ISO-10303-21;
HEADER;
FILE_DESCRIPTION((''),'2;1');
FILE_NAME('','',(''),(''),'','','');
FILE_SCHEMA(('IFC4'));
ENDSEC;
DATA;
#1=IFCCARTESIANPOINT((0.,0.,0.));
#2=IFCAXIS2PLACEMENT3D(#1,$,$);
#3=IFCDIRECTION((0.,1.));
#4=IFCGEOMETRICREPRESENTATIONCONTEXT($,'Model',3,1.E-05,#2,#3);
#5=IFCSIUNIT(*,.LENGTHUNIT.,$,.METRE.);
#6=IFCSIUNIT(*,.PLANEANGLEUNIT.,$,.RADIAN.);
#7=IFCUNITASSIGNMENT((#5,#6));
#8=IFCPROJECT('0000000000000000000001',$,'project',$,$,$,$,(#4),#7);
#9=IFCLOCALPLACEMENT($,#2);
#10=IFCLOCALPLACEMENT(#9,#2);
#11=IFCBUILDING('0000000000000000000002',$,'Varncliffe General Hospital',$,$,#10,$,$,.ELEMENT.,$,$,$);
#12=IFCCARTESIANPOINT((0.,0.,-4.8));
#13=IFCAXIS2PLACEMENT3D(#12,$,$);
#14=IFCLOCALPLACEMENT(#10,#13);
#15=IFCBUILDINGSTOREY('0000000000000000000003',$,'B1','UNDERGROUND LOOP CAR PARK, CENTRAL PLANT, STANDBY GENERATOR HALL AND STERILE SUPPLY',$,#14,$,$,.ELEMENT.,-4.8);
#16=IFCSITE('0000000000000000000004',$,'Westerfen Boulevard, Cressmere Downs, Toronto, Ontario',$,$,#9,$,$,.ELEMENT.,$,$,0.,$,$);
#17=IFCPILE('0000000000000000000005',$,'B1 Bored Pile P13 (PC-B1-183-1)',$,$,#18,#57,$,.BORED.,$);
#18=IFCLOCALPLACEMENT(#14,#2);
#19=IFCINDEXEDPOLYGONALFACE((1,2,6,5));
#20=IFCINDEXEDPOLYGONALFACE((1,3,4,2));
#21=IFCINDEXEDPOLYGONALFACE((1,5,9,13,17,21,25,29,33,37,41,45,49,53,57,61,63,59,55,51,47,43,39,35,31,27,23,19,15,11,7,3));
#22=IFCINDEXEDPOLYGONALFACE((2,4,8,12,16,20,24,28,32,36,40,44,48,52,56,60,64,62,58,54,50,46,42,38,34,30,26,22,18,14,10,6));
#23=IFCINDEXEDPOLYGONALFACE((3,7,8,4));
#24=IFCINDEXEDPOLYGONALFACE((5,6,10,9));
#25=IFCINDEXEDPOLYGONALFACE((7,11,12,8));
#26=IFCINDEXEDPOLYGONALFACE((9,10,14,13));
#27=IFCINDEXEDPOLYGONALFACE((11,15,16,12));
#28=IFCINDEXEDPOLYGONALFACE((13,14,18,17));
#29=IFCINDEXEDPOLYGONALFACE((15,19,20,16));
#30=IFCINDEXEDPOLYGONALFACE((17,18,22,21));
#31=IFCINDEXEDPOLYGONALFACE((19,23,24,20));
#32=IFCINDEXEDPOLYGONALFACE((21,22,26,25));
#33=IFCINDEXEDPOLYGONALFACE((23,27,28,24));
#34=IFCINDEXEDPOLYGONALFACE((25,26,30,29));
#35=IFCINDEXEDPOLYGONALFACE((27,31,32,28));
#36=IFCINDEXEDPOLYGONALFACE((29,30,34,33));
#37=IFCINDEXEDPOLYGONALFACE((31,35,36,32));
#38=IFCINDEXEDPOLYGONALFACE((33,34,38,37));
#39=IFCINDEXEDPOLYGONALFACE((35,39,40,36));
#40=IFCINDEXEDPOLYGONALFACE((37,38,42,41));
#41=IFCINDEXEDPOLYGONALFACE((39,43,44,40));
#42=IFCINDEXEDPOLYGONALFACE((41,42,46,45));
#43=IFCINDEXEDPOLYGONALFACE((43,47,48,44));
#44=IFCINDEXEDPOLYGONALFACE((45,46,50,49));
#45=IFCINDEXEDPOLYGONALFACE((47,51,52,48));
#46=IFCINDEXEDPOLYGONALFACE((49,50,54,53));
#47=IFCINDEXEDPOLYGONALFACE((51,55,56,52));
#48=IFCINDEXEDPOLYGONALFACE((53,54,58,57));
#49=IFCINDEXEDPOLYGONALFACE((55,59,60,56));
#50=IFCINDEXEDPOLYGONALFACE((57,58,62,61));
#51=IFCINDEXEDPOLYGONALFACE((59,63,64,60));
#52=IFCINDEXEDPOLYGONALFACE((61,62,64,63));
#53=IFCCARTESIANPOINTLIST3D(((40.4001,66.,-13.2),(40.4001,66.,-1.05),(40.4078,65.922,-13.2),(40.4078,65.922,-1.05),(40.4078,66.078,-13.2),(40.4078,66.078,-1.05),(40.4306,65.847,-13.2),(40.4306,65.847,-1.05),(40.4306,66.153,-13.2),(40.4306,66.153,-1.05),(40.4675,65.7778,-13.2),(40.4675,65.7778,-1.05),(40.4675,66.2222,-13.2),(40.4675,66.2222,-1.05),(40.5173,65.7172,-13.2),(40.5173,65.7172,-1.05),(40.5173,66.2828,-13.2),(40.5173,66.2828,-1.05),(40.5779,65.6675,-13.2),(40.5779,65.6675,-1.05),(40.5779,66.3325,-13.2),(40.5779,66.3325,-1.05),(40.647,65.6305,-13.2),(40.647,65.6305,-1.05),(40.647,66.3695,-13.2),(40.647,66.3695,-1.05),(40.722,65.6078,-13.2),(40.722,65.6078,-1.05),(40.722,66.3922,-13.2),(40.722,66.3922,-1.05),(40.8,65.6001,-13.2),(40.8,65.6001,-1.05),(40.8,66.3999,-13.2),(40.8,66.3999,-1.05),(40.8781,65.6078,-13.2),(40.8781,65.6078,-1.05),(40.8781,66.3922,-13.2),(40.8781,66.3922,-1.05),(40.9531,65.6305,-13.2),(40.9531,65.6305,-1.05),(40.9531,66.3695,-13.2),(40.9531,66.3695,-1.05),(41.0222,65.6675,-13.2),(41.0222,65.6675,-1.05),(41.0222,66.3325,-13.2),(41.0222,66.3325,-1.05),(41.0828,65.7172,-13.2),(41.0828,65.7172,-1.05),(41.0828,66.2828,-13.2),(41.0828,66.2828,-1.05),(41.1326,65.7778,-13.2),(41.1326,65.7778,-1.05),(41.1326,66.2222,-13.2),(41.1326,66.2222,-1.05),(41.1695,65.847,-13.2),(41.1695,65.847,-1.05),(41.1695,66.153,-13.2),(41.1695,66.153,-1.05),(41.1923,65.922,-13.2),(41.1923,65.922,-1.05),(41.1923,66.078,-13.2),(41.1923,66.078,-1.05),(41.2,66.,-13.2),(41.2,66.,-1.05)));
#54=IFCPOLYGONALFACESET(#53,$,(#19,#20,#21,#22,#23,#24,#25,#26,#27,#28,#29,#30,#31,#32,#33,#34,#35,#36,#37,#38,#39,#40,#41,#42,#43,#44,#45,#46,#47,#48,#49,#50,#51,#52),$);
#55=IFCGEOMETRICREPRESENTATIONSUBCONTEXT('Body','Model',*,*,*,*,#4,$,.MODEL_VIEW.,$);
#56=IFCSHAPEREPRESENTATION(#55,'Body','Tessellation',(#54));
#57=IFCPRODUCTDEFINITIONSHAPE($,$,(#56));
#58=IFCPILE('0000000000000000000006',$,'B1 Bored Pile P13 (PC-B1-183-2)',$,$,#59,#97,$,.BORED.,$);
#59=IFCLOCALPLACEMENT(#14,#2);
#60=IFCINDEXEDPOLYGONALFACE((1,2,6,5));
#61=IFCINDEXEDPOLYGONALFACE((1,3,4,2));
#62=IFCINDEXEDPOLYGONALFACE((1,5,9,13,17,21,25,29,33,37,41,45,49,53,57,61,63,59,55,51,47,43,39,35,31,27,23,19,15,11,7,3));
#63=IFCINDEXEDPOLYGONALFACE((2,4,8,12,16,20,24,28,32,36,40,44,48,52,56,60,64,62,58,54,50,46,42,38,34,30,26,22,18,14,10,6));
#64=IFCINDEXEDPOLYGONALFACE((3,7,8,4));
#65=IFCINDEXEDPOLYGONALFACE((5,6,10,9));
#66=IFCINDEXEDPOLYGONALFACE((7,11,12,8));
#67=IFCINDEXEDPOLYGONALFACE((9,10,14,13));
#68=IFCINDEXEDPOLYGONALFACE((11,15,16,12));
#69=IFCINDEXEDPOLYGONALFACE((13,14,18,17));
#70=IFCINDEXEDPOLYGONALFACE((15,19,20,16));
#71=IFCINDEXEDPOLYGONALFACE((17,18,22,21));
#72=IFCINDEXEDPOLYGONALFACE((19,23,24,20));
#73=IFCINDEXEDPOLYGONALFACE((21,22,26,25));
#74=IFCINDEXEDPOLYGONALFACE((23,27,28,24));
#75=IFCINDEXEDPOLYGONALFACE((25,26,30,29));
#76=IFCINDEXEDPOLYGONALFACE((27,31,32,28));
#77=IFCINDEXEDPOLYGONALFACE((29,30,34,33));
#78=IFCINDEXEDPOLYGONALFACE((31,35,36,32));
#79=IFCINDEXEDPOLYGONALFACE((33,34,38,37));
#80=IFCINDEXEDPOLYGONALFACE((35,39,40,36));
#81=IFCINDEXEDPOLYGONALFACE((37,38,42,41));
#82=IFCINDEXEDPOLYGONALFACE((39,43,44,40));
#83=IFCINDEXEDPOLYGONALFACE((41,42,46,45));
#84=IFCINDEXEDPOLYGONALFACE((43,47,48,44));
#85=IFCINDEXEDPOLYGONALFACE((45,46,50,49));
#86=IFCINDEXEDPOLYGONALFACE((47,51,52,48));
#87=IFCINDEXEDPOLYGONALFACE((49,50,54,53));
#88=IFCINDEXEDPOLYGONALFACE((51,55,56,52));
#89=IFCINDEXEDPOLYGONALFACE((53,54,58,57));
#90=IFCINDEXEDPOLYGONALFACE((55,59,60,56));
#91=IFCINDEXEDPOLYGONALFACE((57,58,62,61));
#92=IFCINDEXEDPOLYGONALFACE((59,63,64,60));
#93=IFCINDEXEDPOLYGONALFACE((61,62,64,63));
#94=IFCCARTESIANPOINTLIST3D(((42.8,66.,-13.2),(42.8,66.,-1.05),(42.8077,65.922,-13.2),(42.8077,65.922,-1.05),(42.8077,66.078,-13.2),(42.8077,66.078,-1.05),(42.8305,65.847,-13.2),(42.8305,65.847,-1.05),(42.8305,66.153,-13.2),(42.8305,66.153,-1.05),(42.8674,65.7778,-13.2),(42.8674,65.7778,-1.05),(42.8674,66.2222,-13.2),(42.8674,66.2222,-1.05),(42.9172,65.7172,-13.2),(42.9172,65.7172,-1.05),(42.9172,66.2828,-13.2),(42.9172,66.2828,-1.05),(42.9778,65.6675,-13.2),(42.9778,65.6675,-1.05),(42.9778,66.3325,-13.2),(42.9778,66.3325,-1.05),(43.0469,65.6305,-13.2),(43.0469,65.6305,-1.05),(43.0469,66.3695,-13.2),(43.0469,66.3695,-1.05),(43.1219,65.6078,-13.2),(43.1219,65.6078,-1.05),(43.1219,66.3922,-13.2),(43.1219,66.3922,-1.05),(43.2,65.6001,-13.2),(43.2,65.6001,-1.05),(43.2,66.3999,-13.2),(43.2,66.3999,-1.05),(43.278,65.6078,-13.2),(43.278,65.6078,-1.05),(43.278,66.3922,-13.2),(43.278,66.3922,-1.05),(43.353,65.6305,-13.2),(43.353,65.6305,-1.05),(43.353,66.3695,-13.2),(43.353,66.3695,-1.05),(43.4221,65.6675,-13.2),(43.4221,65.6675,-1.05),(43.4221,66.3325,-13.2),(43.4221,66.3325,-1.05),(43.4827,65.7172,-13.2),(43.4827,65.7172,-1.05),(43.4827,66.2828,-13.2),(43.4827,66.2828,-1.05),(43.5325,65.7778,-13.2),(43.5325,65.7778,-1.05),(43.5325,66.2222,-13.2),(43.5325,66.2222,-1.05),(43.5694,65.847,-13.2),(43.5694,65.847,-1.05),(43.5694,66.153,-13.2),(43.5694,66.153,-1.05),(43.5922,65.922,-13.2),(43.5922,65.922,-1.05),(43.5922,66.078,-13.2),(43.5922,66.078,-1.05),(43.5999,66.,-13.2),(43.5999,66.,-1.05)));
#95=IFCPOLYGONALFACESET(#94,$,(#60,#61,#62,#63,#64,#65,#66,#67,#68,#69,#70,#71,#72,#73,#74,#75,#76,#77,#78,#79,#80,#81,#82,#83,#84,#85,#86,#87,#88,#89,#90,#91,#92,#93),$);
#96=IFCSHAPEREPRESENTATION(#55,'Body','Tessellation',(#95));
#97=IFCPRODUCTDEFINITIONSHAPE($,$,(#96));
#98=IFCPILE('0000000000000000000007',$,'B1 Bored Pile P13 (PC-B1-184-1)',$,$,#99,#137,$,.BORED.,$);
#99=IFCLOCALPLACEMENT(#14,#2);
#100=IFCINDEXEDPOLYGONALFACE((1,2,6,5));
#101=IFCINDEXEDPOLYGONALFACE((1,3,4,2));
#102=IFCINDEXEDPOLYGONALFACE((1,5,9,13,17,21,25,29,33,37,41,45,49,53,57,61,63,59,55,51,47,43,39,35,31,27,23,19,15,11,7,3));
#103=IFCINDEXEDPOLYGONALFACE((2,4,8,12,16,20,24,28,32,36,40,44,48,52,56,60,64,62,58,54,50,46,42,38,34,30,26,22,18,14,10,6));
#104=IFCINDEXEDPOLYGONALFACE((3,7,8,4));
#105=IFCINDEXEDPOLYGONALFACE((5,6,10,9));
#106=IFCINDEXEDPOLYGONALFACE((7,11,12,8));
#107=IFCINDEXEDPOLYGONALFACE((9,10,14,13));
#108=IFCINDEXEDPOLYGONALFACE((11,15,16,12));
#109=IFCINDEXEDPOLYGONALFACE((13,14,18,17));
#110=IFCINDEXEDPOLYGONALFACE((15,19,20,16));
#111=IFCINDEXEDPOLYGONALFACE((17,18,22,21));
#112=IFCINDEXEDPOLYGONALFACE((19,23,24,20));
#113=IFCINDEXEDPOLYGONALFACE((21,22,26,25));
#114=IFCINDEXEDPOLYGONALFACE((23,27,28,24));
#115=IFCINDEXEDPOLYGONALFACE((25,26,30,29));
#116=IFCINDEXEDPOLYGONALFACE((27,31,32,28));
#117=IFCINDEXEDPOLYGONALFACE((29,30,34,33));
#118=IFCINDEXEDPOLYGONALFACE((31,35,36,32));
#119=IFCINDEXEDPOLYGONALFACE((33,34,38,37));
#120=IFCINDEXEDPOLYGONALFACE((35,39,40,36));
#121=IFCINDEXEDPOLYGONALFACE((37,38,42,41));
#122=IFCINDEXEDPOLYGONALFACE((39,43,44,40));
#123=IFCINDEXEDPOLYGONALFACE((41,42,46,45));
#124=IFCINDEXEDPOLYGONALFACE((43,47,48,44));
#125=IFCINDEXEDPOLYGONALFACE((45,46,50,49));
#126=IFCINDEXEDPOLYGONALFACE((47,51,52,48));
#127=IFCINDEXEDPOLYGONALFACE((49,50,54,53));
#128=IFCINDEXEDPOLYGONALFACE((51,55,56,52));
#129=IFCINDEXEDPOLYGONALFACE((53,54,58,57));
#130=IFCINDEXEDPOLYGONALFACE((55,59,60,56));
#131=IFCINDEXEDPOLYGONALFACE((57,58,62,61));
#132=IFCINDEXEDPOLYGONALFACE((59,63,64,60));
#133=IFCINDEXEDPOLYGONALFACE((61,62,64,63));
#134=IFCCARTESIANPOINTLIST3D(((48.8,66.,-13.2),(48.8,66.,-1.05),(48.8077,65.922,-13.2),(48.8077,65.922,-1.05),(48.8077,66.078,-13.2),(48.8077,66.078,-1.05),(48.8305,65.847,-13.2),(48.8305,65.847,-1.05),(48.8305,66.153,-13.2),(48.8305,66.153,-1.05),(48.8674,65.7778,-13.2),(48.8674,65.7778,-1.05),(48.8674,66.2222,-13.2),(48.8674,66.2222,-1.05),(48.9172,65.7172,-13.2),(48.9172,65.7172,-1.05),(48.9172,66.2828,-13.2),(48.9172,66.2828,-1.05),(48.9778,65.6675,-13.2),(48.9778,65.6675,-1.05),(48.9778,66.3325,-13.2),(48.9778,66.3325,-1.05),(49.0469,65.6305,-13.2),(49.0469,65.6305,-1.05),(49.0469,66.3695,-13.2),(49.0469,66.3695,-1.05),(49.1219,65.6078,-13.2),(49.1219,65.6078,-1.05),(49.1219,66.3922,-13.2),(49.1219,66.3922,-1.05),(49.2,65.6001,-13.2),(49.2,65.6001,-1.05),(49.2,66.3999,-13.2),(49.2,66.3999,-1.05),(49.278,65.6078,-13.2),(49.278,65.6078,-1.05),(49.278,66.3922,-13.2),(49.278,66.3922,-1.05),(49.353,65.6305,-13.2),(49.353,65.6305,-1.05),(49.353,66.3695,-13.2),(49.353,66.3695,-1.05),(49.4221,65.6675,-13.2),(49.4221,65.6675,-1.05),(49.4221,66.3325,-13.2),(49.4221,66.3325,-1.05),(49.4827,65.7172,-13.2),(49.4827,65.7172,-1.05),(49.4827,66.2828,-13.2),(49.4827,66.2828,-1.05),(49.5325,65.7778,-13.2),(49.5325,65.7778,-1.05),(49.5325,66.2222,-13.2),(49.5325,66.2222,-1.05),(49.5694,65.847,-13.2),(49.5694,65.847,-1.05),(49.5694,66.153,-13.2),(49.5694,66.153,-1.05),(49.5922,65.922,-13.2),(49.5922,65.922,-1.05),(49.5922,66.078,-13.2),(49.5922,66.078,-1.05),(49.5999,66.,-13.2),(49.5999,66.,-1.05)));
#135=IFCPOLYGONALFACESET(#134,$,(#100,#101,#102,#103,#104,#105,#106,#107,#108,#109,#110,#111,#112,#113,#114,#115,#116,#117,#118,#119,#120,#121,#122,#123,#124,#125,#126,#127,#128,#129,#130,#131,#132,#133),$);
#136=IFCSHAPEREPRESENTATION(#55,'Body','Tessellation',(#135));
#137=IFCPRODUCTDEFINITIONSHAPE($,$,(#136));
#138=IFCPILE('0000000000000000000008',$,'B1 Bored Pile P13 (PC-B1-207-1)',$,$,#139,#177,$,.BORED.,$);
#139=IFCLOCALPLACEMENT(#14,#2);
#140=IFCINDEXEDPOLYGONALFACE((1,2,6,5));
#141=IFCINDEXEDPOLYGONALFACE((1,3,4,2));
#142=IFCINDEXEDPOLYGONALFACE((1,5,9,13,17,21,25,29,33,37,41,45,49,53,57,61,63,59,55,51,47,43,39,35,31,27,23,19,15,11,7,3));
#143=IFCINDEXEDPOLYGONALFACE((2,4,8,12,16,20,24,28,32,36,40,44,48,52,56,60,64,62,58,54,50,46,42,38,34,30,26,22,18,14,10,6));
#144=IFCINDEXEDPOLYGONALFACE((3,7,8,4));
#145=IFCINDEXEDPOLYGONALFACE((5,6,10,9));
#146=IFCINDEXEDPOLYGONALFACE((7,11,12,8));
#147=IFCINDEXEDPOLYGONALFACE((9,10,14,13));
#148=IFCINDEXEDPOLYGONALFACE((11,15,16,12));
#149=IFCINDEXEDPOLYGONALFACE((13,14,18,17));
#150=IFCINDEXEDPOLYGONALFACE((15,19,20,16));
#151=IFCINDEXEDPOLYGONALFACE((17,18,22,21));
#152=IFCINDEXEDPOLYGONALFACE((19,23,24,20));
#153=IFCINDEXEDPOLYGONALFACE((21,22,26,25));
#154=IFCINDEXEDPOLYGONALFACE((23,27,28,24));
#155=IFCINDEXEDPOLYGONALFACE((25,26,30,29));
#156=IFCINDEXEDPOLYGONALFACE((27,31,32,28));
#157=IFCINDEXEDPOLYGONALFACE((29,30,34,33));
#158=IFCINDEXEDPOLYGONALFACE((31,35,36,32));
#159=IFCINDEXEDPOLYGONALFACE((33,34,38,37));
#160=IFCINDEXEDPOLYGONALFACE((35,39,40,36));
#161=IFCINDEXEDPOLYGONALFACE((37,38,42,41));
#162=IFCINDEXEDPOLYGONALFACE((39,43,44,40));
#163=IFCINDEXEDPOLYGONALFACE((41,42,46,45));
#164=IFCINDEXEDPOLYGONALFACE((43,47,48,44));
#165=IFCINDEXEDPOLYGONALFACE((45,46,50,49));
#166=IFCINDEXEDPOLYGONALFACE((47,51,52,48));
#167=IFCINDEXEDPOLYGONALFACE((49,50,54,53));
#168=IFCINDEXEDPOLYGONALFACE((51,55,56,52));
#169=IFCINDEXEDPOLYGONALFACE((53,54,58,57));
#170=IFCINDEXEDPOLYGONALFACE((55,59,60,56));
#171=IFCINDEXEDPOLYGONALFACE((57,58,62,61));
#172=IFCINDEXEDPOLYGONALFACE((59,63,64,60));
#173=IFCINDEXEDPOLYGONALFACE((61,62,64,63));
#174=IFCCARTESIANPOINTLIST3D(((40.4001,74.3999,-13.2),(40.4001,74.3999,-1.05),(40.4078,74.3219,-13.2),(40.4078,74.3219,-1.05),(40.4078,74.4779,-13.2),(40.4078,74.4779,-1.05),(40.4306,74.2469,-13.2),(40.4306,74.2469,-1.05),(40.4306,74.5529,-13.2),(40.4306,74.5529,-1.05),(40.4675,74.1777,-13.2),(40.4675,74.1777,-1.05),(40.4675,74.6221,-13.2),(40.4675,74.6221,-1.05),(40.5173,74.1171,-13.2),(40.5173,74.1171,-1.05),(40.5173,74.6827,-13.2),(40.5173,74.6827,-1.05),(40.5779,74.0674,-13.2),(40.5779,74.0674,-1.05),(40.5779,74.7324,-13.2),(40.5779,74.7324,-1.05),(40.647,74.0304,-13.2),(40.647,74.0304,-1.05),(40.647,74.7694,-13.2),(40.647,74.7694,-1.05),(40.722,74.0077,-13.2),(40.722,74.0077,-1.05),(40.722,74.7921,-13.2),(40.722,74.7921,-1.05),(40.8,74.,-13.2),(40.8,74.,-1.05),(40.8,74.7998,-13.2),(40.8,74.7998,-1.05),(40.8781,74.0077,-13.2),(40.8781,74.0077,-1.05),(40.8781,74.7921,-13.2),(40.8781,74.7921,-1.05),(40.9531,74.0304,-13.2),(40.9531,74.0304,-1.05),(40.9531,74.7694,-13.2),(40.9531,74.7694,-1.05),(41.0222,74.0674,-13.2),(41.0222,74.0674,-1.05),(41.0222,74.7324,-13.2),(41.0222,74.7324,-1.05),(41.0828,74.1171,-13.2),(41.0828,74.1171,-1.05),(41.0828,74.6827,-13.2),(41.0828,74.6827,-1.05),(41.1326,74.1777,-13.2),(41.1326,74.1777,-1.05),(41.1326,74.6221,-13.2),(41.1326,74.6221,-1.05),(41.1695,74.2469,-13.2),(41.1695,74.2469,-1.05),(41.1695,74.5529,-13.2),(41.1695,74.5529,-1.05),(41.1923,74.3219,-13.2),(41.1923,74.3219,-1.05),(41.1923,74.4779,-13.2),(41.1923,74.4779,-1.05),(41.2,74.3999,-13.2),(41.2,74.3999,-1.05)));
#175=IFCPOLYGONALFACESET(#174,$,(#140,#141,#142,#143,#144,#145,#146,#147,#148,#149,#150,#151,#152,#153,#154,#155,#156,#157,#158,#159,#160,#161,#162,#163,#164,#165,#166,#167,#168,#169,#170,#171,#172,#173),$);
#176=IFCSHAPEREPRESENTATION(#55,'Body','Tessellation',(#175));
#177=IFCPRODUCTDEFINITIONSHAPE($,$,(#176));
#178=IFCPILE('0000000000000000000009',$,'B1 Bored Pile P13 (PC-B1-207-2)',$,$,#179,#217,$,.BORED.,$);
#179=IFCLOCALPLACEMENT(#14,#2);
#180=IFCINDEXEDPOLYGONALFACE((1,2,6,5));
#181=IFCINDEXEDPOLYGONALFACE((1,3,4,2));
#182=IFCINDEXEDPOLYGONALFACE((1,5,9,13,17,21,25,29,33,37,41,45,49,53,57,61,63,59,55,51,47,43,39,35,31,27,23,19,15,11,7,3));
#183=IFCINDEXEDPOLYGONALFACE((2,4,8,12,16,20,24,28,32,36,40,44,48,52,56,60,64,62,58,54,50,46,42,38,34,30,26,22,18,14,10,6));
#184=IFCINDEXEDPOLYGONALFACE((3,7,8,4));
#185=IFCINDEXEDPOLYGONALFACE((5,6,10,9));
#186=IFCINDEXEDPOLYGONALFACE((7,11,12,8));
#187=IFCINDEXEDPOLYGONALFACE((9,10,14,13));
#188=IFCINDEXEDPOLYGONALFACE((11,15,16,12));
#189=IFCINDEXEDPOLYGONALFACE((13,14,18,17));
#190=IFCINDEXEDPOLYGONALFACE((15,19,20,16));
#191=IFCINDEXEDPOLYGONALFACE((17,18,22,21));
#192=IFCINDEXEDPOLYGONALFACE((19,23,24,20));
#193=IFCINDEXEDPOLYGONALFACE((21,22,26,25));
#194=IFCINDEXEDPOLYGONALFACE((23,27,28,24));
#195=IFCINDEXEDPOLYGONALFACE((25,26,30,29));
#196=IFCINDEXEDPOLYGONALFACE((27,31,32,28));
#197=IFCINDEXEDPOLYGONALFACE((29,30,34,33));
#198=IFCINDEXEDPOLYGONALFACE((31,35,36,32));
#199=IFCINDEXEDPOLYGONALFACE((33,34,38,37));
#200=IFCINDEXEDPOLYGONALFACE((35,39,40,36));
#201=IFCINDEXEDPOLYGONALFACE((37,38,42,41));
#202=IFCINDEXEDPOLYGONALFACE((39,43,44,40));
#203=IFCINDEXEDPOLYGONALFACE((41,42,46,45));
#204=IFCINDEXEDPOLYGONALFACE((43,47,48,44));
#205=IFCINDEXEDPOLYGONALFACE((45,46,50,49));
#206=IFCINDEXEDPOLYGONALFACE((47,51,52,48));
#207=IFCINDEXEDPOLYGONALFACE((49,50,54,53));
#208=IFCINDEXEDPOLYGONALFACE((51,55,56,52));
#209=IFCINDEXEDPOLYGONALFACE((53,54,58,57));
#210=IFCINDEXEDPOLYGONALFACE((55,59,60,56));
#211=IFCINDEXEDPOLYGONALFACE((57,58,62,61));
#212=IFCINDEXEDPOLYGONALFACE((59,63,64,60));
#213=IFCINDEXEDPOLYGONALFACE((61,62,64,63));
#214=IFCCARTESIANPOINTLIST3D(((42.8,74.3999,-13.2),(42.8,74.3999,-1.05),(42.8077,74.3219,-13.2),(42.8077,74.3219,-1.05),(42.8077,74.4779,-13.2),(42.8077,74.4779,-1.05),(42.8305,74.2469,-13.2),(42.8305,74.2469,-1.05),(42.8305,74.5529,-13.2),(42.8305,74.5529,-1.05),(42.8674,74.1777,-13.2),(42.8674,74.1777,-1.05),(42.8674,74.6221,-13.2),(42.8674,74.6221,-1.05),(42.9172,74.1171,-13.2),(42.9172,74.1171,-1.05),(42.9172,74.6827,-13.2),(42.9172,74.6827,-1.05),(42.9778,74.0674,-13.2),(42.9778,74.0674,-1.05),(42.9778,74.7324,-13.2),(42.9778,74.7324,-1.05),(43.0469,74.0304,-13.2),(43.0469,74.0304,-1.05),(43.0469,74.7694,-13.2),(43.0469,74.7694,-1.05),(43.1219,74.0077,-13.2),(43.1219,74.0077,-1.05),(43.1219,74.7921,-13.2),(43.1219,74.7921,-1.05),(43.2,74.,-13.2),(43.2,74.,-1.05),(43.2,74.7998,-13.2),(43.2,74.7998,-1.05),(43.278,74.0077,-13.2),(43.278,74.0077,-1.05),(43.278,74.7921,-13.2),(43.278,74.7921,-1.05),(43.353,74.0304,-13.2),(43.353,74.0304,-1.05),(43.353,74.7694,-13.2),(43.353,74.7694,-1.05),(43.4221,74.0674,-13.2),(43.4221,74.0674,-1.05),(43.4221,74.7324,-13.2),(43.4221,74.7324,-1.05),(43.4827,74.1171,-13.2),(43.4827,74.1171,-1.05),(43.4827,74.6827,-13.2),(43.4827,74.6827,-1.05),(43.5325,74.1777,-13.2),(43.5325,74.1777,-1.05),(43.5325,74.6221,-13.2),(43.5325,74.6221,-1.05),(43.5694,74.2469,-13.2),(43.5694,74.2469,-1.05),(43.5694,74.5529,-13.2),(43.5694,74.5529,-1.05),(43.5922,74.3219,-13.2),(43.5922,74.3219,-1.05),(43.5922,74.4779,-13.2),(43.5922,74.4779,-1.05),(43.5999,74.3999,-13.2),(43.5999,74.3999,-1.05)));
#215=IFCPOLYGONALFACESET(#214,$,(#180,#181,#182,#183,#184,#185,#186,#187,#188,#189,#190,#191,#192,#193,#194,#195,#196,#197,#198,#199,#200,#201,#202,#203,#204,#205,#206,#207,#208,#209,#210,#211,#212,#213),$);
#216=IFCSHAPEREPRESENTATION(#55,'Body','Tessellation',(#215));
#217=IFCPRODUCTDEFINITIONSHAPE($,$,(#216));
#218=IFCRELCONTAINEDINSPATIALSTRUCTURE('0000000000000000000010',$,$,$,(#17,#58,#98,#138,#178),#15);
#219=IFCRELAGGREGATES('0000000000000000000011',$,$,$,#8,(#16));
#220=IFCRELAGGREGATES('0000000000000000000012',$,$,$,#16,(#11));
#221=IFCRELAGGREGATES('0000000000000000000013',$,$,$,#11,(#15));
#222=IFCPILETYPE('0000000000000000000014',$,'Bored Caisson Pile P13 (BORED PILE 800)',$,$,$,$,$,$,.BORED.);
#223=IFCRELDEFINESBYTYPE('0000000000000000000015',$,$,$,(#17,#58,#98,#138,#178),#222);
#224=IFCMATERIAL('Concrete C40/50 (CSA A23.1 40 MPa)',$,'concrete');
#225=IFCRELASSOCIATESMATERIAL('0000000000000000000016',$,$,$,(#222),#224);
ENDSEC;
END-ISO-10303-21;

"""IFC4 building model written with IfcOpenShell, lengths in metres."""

from ifc_helpers import new_model, si_unit, direction, frame, origin, origin_2d, place, context, subcontext, project, spatial, circle, extrude, material, material_profile, profile_set, type_object, element, save


model = new_model("IFC4")

# Units and contexts
model_context = context("Model", 3, precision=1e-05, world=origin(), true_north=direction((0.0, 1.0)))
body_context = subcontext(model_context, "Body", "Model", "MODEL_VIEW")
ifc_project = project(units=[si_unit("LENGTHUNIT", "METRE"), si_unit("PLANEANGLEUNIT", "RADIAN")], contexts=[model_context])

# Site, building, storey
site_placement = place(None, origin())
site = spatial("IfcSite", under=ifc_project, at=site_placement, Name="Westerfen Boulevard, Cressmere Downs, Toronto, Ontario", CompositionType="ELEMENT", RefElevation=0.0)
building_placement = place(site_placement, origin())
building = spatial("IfcBuilding", under=site, at=building_placement, Name="Varncliffe General Hospital", CompositionType="ELEMENT")
storey_placement = place(building_placement, frame((0.0, 0.0, -4.8)))
storey = spatial("IfcBuildingStorey", under=building, at=storey_placement, Name="B1", Description="UNDERGROUND LOOP CAR PARK, CENTRAL PLANT, STANDBY GENERATOR HALL AND STERILE SUPPLY", CompositionType="ELEMENT", Elevation=-4.8)

# Piles
ifc_material_1 = material(Name="Concrete C40/50 (CSA A23.1 40 MPa)", Category="concrete")
ifc_material_profile_1 = material_profile(ifc_material_1, circle(Radius=0.3999, at=origin_2d()), Name="BORED PILE 800")
ifc_profile_set_1 = profile_set([ifc_material_profile_1], Name="Concrete C40/50 (CSA A23.1 40 MPa)")
pile_type = type_object("IfcPileType", Name="Bored Caisson Pile P13 (BORED PILE 800)", PredefinedType="BORED", material=ifc_profile_set_1)
for number, where, z_axis, x_axis, name in (
    (1, (40.8, 66.0, -1.05), (0.0, 0.0, -1.0), (1.0, 0.0, 0.0), "B1 Bored Pile P13 (PC-B1-183-1)"),
    (2, (43.2, 66.0, -1.05), (0.0, 0.0, -1.0), (1.0, 0.0, 0.0), "B1 Bored Pile P13 (PC-B1-183-2)"),
    (3, (49.2, 66.0, -1.05), (0.0, 0.0, -1.0), (1.0, 0.0, 0.0), "B1 Bored Pile P13 (PC-B1-184-1)"),
    (4, (40.8, 74.3999, -1.05), (0.0, 0.0, -1.0), (1.0, 0.0, 0.0), "B1 Bored Pile P13 (PC-B1-207-1)"),
    (5, (43.2, 74.3999, -1.05), (0.0, 0.0, -1.0), (1.0, 0.0, 0.0), "B1 Bored Pile P13 (PC-B1-207-2)"),
):
    element("IfcPile", number, at=place(storey_placement, frame(where, z_axis=z_axis, x_axis=x_axis)), inside=storey, type_object=pile_type, Name=name, PredefinedType="BORED", context=body_context, shape_type="SweptSolid", body=[
        extrude(circle(Radius=0.3999, at=origin_2d()), origin(), (0.0, 0.0, 1.0), 12.1499),
    ])

save(model, "model.ifc")
